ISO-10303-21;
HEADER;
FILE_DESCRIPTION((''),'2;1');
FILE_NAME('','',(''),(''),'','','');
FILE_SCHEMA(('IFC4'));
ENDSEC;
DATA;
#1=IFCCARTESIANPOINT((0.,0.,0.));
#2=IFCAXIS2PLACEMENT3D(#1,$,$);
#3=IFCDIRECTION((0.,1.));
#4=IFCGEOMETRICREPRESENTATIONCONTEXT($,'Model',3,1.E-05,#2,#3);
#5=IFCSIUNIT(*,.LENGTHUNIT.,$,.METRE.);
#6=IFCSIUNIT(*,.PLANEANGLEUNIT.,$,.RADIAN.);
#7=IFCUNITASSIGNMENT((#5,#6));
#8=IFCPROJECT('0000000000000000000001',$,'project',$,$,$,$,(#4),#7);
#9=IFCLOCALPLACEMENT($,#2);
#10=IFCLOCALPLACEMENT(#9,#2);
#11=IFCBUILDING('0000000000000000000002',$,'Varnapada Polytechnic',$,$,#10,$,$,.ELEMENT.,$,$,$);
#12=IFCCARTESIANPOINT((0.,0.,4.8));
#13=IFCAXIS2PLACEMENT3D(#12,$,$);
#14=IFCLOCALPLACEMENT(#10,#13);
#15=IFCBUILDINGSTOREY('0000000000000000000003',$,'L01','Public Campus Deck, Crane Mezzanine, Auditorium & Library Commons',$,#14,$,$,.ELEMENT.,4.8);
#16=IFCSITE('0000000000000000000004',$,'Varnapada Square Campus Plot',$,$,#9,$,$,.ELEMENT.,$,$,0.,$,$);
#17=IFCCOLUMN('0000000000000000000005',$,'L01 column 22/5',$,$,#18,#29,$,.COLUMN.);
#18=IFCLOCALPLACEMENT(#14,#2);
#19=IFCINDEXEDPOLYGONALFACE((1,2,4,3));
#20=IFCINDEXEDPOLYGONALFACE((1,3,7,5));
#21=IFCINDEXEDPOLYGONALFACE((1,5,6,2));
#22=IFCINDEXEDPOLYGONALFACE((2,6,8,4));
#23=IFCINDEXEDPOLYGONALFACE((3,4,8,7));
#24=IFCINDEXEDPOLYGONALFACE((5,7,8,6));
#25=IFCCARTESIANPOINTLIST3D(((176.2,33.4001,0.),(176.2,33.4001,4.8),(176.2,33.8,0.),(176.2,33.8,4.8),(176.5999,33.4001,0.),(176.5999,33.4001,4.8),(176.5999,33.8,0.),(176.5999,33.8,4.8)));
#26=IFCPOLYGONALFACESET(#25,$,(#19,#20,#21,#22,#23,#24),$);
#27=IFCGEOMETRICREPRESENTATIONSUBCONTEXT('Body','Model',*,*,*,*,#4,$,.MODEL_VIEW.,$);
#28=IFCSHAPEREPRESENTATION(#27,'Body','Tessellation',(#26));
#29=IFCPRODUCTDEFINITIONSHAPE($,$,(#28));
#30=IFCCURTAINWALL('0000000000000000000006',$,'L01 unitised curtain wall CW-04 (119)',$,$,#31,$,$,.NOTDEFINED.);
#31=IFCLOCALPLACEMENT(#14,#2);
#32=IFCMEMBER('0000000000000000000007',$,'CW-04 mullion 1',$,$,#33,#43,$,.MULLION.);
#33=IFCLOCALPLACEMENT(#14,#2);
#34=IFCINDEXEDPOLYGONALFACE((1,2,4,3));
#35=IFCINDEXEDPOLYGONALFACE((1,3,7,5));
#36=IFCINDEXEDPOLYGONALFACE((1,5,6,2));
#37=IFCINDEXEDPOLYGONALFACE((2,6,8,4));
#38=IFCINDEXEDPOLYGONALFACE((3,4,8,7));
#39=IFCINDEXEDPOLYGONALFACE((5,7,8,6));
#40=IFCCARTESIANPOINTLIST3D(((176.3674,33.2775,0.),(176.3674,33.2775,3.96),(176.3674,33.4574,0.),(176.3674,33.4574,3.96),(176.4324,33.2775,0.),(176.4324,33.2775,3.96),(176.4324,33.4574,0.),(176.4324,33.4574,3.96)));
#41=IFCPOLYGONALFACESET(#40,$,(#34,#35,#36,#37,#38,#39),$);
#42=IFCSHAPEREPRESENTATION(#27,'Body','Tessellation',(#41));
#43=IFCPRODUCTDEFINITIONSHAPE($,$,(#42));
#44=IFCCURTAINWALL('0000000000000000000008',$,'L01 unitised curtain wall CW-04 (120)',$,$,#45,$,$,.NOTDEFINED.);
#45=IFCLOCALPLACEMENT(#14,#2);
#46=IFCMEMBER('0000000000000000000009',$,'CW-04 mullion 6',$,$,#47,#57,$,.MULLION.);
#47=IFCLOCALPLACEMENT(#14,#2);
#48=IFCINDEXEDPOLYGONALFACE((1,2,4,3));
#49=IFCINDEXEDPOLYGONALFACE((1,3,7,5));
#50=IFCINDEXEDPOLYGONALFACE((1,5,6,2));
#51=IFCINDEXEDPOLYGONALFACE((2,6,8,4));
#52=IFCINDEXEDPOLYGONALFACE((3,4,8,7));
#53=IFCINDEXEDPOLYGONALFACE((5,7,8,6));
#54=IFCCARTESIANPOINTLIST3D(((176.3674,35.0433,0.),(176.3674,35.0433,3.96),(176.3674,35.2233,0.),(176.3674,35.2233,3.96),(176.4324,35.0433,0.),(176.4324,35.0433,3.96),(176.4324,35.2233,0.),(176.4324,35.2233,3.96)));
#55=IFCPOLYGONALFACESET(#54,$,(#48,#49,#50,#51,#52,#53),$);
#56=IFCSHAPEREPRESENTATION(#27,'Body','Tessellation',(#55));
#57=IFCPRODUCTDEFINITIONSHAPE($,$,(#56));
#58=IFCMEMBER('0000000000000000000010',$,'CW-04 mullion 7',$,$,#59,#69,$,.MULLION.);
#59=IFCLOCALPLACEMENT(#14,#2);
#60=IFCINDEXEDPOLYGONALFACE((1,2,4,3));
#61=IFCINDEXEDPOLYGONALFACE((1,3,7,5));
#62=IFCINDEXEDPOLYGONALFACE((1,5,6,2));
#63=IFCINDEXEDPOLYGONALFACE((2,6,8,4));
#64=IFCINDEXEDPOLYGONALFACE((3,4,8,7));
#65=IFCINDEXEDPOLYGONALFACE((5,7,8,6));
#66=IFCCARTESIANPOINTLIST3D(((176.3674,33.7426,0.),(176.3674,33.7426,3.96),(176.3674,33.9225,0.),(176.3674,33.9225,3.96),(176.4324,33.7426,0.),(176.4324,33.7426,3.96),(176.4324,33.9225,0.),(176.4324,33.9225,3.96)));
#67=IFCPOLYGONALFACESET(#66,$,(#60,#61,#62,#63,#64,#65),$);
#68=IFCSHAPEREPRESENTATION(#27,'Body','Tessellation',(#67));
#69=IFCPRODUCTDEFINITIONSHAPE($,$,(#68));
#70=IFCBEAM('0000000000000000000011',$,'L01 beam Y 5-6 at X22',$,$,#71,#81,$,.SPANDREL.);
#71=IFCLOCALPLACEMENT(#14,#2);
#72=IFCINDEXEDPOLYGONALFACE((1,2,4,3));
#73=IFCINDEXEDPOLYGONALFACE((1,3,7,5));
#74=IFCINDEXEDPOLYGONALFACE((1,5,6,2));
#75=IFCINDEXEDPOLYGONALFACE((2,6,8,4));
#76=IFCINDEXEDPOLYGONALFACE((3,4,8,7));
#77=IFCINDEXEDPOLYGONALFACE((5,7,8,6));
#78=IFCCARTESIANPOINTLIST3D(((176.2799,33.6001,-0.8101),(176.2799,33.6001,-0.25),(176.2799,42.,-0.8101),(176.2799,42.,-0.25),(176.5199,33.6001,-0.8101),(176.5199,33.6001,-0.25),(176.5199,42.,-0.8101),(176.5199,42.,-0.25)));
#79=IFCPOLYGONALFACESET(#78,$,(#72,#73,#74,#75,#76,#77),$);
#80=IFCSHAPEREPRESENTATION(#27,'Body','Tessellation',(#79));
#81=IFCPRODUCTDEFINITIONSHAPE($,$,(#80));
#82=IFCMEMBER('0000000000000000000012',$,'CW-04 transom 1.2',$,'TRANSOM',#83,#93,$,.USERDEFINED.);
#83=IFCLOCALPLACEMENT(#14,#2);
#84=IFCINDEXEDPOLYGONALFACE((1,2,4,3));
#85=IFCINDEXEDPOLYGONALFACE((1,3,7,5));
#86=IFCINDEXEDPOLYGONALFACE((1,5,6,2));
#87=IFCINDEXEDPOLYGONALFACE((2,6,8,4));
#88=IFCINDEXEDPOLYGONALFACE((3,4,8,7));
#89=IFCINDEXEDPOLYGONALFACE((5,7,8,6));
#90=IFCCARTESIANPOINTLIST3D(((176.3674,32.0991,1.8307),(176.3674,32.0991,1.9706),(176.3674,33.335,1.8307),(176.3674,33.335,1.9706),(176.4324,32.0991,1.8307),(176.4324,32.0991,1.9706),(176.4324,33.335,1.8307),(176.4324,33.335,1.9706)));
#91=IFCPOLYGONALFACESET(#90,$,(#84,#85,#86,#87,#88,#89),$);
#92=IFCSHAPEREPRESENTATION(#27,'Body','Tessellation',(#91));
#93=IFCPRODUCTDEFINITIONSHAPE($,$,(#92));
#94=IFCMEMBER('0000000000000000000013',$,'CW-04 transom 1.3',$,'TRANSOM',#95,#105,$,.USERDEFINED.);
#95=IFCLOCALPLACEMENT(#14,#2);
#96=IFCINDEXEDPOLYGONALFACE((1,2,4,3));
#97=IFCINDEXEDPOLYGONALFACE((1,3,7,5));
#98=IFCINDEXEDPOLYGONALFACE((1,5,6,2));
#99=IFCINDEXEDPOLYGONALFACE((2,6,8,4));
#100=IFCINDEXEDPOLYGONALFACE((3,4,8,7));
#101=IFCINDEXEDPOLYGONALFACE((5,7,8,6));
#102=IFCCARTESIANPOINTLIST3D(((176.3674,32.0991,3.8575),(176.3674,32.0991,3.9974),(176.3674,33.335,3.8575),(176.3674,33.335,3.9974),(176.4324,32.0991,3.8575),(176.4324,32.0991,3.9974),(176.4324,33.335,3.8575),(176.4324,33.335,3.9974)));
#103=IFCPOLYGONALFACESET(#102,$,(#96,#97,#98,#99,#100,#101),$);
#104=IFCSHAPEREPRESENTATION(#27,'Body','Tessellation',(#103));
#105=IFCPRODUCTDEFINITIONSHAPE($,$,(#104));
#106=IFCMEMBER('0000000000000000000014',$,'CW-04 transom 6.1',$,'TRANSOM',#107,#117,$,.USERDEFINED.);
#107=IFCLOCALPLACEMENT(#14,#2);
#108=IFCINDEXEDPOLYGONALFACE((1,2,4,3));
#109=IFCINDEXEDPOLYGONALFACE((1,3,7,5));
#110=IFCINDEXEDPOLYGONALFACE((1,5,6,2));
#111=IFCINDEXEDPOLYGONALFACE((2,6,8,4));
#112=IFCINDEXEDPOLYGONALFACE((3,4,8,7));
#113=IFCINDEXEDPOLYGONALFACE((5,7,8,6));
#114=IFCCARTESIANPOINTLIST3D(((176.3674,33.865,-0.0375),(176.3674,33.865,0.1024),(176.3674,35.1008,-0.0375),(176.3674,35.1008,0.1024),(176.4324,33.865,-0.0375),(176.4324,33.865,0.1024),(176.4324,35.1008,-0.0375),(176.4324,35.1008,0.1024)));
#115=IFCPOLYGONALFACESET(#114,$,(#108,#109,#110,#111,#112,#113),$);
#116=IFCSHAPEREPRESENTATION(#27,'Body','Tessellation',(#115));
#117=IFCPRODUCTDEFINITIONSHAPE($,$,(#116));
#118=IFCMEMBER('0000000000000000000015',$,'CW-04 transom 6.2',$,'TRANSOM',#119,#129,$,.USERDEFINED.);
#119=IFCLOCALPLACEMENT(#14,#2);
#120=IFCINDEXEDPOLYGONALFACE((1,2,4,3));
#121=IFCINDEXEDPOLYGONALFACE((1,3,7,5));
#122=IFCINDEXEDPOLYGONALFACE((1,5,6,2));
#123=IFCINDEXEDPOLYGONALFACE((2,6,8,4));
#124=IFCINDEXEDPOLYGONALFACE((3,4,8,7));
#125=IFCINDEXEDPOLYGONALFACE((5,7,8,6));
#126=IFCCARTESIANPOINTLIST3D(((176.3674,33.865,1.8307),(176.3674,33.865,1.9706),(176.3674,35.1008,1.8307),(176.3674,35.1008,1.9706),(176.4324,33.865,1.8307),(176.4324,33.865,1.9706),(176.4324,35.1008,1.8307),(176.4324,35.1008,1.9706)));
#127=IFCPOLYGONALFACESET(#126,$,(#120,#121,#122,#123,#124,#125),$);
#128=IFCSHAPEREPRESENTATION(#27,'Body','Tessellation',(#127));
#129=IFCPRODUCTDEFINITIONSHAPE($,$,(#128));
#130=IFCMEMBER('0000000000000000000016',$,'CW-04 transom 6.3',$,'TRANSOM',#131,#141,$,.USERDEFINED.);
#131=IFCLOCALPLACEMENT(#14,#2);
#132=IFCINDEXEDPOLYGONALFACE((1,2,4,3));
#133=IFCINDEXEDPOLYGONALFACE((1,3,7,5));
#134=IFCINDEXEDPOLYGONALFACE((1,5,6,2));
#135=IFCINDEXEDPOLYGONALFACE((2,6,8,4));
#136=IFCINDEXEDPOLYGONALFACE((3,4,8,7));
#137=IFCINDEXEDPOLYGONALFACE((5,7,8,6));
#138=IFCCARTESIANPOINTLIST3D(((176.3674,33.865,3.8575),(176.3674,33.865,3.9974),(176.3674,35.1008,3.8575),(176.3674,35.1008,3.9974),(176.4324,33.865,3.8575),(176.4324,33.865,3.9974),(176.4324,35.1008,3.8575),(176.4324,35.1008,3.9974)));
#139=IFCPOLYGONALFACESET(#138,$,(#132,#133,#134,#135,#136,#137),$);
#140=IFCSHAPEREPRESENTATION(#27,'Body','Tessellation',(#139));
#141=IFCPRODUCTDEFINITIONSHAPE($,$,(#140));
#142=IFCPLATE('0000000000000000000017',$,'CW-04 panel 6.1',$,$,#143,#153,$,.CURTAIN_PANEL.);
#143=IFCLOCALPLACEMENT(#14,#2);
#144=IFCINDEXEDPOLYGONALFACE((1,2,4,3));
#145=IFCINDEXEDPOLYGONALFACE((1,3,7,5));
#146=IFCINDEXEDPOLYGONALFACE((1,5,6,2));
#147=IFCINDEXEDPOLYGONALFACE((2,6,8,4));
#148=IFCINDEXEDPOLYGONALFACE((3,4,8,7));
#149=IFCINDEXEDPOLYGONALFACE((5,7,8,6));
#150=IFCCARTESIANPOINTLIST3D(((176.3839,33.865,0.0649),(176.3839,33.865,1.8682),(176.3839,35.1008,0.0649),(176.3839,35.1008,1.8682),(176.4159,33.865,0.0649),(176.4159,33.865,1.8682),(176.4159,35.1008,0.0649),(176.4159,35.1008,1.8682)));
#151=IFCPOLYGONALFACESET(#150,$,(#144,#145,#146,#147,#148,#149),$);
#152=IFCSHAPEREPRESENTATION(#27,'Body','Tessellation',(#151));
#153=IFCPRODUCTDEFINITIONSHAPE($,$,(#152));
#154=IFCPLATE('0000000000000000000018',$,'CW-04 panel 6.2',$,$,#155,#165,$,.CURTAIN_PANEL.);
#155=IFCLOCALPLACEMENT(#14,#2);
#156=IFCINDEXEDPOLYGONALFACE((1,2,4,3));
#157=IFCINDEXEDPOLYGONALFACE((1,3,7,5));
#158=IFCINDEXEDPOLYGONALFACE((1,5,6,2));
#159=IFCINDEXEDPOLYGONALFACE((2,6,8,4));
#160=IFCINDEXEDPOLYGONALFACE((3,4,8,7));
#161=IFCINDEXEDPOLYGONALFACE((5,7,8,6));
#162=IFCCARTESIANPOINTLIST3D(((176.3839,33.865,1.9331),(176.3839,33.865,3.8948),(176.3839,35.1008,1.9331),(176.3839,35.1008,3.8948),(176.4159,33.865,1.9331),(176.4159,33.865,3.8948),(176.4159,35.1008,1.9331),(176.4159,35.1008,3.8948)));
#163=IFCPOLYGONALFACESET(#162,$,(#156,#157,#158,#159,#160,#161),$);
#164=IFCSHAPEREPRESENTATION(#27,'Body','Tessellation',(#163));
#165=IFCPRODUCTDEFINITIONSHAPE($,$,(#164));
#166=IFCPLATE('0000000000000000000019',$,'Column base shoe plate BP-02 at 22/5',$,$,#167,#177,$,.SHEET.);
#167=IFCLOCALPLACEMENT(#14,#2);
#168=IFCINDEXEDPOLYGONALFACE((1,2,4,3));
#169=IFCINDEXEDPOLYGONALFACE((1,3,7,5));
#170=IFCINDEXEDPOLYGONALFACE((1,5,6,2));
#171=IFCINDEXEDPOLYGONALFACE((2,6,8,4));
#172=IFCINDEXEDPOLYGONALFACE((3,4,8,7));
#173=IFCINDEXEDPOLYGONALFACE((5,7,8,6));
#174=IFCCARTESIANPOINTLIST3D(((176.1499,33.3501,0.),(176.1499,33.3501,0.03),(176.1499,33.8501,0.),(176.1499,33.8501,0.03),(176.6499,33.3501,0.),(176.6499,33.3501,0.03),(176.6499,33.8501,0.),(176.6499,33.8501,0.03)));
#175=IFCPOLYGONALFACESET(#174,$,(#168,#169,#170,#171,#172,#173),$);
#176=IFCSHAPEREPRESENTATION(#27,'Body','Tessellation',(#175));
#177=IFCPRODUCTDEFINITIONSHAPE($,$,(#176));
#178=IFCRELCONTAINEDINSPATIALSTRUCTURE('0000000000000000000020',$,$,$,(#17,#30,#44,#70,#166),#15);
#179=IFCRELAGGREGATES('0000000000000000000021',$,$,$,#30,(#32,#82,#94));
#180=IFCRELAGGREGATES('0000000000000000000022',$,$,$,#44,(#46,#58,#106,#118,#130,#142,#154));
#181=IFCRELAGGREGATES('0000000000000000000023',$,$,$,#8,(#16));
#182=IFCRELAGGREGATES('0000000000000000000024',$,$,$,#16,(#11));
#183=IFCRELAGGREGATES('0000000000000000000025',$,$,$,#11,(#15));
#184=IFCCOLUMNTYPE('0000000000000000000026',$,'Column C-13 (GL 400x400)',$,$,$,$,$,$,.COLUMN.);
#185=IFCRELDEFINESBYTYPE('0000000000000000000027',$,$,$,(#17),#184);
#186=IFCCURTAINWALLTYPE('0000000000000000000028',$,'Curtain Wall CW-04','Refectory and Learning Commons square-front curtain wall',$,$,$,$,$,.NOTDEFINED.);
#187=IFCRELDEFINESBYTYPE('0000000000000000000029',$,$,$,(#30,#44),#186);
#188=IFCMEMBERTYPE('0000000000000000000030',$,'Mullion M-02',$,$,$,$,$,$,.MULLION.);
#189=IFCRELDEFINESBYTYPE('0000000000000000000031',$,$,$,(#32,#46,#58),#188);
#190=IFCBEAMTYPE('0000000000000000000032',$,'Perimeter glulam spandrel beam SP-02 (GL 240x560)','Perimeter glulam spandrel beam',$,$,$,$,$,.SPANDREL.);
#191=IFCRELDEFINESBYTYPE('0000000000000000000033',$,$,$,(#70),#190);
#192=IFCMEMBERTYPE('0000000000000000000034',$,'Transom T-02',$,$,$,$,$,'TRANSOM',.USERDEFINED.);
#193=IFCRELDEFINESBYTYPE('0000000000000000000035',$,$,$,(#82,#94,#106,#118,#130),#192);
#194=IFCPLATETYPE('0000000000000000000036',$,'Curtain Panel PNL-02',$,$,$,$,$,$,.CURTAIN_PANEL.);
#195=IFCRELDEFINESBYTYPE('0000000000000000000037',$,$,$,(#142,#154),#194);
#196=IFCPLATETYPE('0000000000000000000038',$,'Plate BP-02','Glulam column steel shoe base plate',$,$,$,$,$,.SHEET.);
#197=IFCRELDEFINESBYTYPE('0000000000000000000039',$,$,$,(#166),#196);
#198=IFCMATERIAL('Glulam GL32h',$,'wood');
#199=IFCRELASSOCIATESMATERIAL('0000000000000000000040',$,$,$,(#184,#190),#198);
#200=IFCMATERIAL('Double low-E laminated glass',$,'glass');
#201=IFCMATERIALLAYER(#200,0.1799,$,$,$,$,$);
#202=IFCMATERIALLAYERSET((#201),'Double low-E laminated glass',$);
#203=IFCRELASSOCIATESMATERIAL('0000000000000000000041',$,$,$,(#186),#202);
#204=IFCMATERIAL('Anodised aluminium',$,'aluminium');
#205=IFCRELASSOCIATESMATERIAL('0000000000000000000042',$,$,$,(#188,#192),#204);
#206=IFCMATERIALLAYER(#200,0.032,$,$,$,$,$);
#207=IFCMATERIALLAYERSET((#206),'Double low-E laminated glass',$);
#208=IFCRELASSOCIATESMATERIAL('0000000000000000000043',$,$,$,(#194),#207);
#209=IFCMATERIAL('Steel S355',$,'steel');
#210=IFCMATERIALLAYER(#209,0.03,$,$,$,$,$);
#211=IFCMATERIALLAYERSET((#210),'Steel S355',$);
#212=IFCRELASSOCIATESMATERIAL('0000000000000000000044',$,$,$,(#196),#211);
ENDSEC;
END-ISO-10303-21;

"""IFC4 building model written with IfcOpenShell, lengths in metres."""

from ifc_helpers import new_model, si_unit, direction, frame, origin, origin_2d, place, context, subcontext, project, spatial, rectangle, extrude, material, layer, layer_set, material_profile, profile_set, type_object, element, aggregate, save


model = new_model("IFC4")

# Units and contexts
model_context = context("Model", 3, precision=1e-05, world=origin(), true_north=direction((0.0, 1.0)))
body_context = subcontext(model_context, "Body", "Model", "MODEL_VIEW")
ifc_project = project(units=[si_unit("LENGTHUNIT", "METRE"), si_unit("PLANEANGLEUNIT", "RADIAN")], contexts=[model_context])

# Site, building, storey
site_placement = place(None, origin())
site = spatial("IfcSite", under=ifc_project, at=site_placement, Name="Varnapada Square Campus Plot", CompositionType="ELEMENT", RefElevation=0.0)
building_placement = place(site_placement, origin())
building = spatial("IfcBuilding", under=site, at=building_placement, Name="Varnapada Polytechnic", CompositionType="ELEMENT")
storey_placement = place(building_placement, frame((0.0, 0.0, 4.8)))
storey = spatial("IfcBuildingStorey", under=building, at=storey_placement, Name="L01", Description="Public Campus Deck, Crane Mezzanine, Auditorium & Library Commons", CompositionType="ELEMENT", Elevation=4.8)

# Column
ifc_material_1 = material(Name="Glulam GL32h", Category="wood")
ifc_material_profile_1 = material_profile(ifc_material_1, rectangle(XDim=0.3999, YDim=0.3999, at=origin_2d()), Name="GL 400x400")
ifc_profile_set_1 = profile_set([ifc_material_profile_1], Name="Glulam GL32h")
column_type = type_object("IfcColumnType", Name="Column C-13 (GL 400x400)", PredefinedType="COLUMN", material=ifc_profile_set_1)
column_placement = place(storey_placement, frame((176.3999, 33.6001, 0.0), z_axis=(0.0, 0.0, 1.0), x_axis=(1.0, 0.0, 0.0)))
element("IfcColumn", 1, at=column_placement, inside=storey, type_object=column_type, Name="L01 column 22/5", PredefinedType="COLUMN", context=body_context, shape_type="SweptSolid", body=[
    extrude(rectangle(XDim=0.3999, YDim=0.3999, at=origin_2d()), origin(), (0.0, 0.0, 1.0), 4.8),
])

# Curtain wall, member
ifc_material_2 = material(Name="Double low-E laminated glass", Category="glass")
ifc_layer_1 = layer(ifc_material_2, 0.1799)
ifc_layer_set_1 = layer_set([ifc_layer_1], Name="Double low-E laminated glass")
curtain_wall_type = type_object("IfcCurtainWallType", Name="Curtain Wall CW-04", Description="Refectory and Learning Commons square-front curtain wall", PredefinedType="NOTDEFINED", material=ifc_layer_set_1)
curtain_wall_1_placement = place(storey_placement, origin())
curtain_wall_1 = element("IfcCurtainWall", 2, at=curtain_wall_1_placement, inside=storey, type_object=curtain_wall_type, Name="L01 unitised curtain wall CW-04 (119)", PredefinedType="NOTDEFINED")
ifc_material_3 = material(Name="Anodised aluminium", Category="aluminium")
ifc_material_profile_2 = material_profile(ifc_material_3, rectangle(XDim=0.0649, YDim=0.1799, at=origin_2d()), Name="ALU M65x180")
ifc_profile_set_2 = profile_set([ifc_material_profile_2], Name="Anodised aluminium")
member_type_1 = type_object("IfcMemberType", Name="Mullion M-02", PredefinedType="MULLION", material=ifc_profile_set_2)
member_1_placement = place(storey_placement, frame((176.3999, 33.3674, 0.0), z_axis=(0.0, 0.0, 1.0), x_axis=(1.0, 0.0, 0.0)))
member_1 = element("IfcMember", 3, at=member_1_placement, type_object=member_type_1, Name="CW-04 mullion 1", PredefinedType="MULLION", context=body_context, shape_type="SweptSolid", body=[
    extrude(rectangle(XDim=0.0649, YDim=0.1799, at=origin_2d()), origin(), (0.0, 0.0, 1.0), 3.96),
])

# Curtain wall, members
curtain_wall_2_placement = place(storey_placement, origin())
curtain_wall_2 = element("IfcCurtainWall", 4, at=curtain_wall_2_placement, inside=storey, type_object=curtain_wall_type, Name="L01 unitised curtain wall CW-04 (120)", PredefinedType="NOTDEFINED")
member_2_placement = place(storey_placement, frame((176.3999, 35.1333, 0.0), z_axis=(0.0, 0.0, 1.0), x_axis=(1.0, 0.0, 0.0)))
member_2 = element("IfcMember", 5, at=member_2_placement, type_object=member_type_1, Name="CW-04 mullion 6", PredefinedType="MULLION", context=body_context, shape_type="SweptSolid", body=[
    extrude(rectangle(XDim=0.0649, YDim=0.1799, at=origin_2d()), origin(), (0.0, 0.0, 1.0), 3.96),
])
member_3_placement = place(storey_placement, frame((176.3999, 33.8325, 0.0), z_axis=(0.0, 0.0, 1.0), x_axis=(1.0, 0.0, 0.0)))
member_3 = element("IfcMember", 6, at=member_3_placement, type_object=member_type_1, Name="CW-04 mullion 7", PredefinedType="MULLION", context=body_context, shape_type="SweptSolid", body=[
    extrude(rectangle(XDim=0.0649, YDim=0.1799, at=origin_2d()), origin(), (0.0, 0.0, 1.0), 3.96),
])

# Beam
ifc_material_profile_3 = material_profile(ifc_material_1, rectangle(XDim=0.24, YDim=0.5601, at=origin_2d()), Name="GL 240x560")
ifc_profile_set_3 = profile_set([ifc_material_profile_3], Name="Glulam GL32h")
beam_type = type_object("IfcBeamType", Name="Perimeter glulam spandrel beam SP-02 (GL 240x560)", Description="Perimeter glulam spandrel beam", PredefinedType="SPANDREL", material=ifc_profile_set_3)
beam_placement = place(storey_placement, frame((176.3999, 33.6001, -0.53), z_axis=(0.0, 1.0, 0.0), x_axis=(-1.0, 0.0, 0.0)))
element("IfcBeam", 7, at=beam_placement, inside=storey, type_object=beam_type, Name="L01 beam Y 5-6 at X22", PredefinedType="SPANDREL", context=body_context, shape_type="SweptSolid", body=[
    extrude(rectangle(XDim=0.24, YDim=0.5601, at=origin_2d()), origin(), (0.0, 0.0, 1.0), 8.3999),
])

# Members
ifc_material_profile_4 = material_profile(ifc_material_3, rectangle(XDim=0.0649, YDim=0.1399, at=origin_2d()), Name="ALU T65x140")
ifc_profile_set_4 = profile_set([ifc_material_profile_4], Name="Anodised aluminium")
member_type_2 = type_object("IfcMemberType", Name="Transom T-02", ElementType="TRANSOM", PredefinedType="USERDEFINED", material=ifc_profile_set_4)
member_4_placement = place(storey_placement, frame((176.3999, 33.335, 1.9006), z_axis=(0.0, -1.0, 0.0), x_axis=(1.0, 0.0, 0.0)))
member_4 = element("IfcMember", 8, at=member_4_placement, type_object=member_type_2, Name="CW-04 transom 1.2", ObjectType="TRANSOM", PredefinedType="USERDEFINED", context=body_context, shape_type="SweptSolid", body=[
    extrude(rectangle(XDim=0.0649, YDim=0.1399, at=origin_2d()), origin(), (0.0, 0.0, 1.0), 1.2358),
])
member_5_placement = place(storey_placement, frame((176.3999, 33.335, 3.9275), z_axis=(0.0, -1.0, 0.0), x_axis=(1.0, 0.0, 0.0)))
member_5 = element("IfcMember", 9, at=member_5_placement, type_object=member_type_2, Name="CW-04 transom 1.3", ObjectType="TRANSOM", PredefinedType="USERDEFINED", context=body_context, shape_type="SweptSolid", body=[
    extrude(rectangle(XDim=0.0649, YDim=0.1399, at=origin_2d()), origin(), (0.0, 0.0, 1.0), 1.2358),
])
aggregate(curtain_wall_1, [member_1, member_4, member_5])
member_6_placement = place(storey_placement, frame((176.3999, 35.1008, 0.0325), z_axis=(0.0, -1.0, 0.0), x_axis=(1.0, 0.0, 0.0)))
member_6 = element("IfcMember", 10, at=member_6_placement, type_object=member_type_2, Name="CW-04 transom 6.1", ObjectType="TRANSOM", PredefinedType="USERDEFINED", context=body_context, shape_type="SweptSolid", body=[
    extrude(rectangle(XDim=0.0649, YDim=0.1399, at=origin_2d()), origin(), (0.0, 0.0, 1.0), 1.2358),
])
member_7_placement = place(storey_placement, frame((176.3999, 35.1008, 1.9006), z_axis=(0.0, -1.0, 0.0), x_axis=(1.0, 0.0, 0.0)))
member_7 = element("IfcMember", 11, at=member_7_placement, type_object=member_type_2, Name="CW-04 transom 6.2", ObjectType="TRANSOM", PredefinedType="USERDEFINED", context=body_context, shape_type="SweptSolid", body=[
    extrude(rectangle(XDim=0.0649, YDim=0.1399, at=origin_2d()), origin(), (0.0, 0.0, 1.0), 1.2358),
])
member_8_placement = place(storey_placement, frame((176.3999, 35.1008, 3.9275), z_axis=(0.0, -1.0, 0.0), x_axis=(1.0, 0.0, 0.0)))
member_8 = element("IfcMember", 12, at=member_8_placement, type_object=member_type_2, Name="CW-04 transom 6.3", ObjectType="TRANSOM", PredefinedType="USERDEFINED", context=body_context, shape_type="SweptSolid", body=[
    extrude(rectangle(XDim=0.0649, YDim=0.1399, at=origin_2d()), origin(), (0.0, 0.0, 1.0), 1.2358),
])

# Plates
ifc_layer_2 = layer(ifc_material_2, 0.032)
ifc_layer_set_2 = layer_set([ifc_layer_2], Name="Double low-E laminated glass")
plate_type_1 = type_object("IfcPlateType", Name="Curtain Panel PNL-02", PredefinedType="CURTAIN_PANEL", material=ifc_layer_set_2)
plate_1_placement = place(storey_placement, frame((176.3999, 34.4829, 0.0649), z_axis=(0.0, 0.0, 1.0), x_axis=(0.0, -1.0, 0.0)))
plate_1 = element("IfcPlate", 13, at=plate_1_placement, type_object=plate_type_1, Name="CW-04 panel 6.1", PredefinedType="CURTAIN_PANEL", context=body_context, shape_type="SweptSolid", body=[
    extrude(rectangle(XDim=1.2358, YDim=0.032, at=origin_2d()), origin(), (0.0, 0.0, 1.0), 1.8032),
])
plate_2_placement = place(storey_placement, frame((176.3999, 34.4829, 1.9331), z_axis=(0.0, 0.0, 1.0), x_axis=(0.0, -1.0, 0.0)))
plate_2 = element("IfcPlate", 14, at=plate_2_placement, type_object=plate_type_1, Name="CW-04 panel 6.2", PredefinedType="CURTAIN_PANEL", context=body_context, shape_type="SweptSolid", body=[
    extrude(rectangle(XDim=1.2358, YDim=0.032, at=origin_2d()), origin(), (0.0, 0.0, 1.0), 1.9617),
])
aggregate(curtain_wall_2, [member_2, member_3, member_6, member_7, member_8, plate_1, plate_2])
ifc_material_4 = material(Name="Steel S355", Category="steel")
ifc_layer_3 = layer(ifc_material_4, 0.03)
ifc_layer_set_3 = layer_set([ifc_layer_3], Name="Steel S355")
plate_type_2 = type_object("IfcPlateType", Name="Plate BP-02", Description="Glulam column steel shoe base plate", PredefinedType="SHEET", material=ifc_layer_set_3)
plate_3_placement = place(storey_placement, frame((176.3999, 33.6001, 0.0), z_axis=(0.0, 0.0, 1.0), x_axis=(1.0, 0.0, 0.0)))
element("IfcPlate", 15, at=plate_3_placement, inside=storey, type_object=plate_type_2, Name="Column base shoe plate BP-02 at 22/5", PredefinedType="SHEET", context=body_context, shape_type="SweptSolid", body=[
    extrude(rectangle(XDim=0.5, YDim=0.5, at=origin_2d()), origin(), (0.0, 0.0, 1.0), 0.03),
])

save(model, "model.ifc")
